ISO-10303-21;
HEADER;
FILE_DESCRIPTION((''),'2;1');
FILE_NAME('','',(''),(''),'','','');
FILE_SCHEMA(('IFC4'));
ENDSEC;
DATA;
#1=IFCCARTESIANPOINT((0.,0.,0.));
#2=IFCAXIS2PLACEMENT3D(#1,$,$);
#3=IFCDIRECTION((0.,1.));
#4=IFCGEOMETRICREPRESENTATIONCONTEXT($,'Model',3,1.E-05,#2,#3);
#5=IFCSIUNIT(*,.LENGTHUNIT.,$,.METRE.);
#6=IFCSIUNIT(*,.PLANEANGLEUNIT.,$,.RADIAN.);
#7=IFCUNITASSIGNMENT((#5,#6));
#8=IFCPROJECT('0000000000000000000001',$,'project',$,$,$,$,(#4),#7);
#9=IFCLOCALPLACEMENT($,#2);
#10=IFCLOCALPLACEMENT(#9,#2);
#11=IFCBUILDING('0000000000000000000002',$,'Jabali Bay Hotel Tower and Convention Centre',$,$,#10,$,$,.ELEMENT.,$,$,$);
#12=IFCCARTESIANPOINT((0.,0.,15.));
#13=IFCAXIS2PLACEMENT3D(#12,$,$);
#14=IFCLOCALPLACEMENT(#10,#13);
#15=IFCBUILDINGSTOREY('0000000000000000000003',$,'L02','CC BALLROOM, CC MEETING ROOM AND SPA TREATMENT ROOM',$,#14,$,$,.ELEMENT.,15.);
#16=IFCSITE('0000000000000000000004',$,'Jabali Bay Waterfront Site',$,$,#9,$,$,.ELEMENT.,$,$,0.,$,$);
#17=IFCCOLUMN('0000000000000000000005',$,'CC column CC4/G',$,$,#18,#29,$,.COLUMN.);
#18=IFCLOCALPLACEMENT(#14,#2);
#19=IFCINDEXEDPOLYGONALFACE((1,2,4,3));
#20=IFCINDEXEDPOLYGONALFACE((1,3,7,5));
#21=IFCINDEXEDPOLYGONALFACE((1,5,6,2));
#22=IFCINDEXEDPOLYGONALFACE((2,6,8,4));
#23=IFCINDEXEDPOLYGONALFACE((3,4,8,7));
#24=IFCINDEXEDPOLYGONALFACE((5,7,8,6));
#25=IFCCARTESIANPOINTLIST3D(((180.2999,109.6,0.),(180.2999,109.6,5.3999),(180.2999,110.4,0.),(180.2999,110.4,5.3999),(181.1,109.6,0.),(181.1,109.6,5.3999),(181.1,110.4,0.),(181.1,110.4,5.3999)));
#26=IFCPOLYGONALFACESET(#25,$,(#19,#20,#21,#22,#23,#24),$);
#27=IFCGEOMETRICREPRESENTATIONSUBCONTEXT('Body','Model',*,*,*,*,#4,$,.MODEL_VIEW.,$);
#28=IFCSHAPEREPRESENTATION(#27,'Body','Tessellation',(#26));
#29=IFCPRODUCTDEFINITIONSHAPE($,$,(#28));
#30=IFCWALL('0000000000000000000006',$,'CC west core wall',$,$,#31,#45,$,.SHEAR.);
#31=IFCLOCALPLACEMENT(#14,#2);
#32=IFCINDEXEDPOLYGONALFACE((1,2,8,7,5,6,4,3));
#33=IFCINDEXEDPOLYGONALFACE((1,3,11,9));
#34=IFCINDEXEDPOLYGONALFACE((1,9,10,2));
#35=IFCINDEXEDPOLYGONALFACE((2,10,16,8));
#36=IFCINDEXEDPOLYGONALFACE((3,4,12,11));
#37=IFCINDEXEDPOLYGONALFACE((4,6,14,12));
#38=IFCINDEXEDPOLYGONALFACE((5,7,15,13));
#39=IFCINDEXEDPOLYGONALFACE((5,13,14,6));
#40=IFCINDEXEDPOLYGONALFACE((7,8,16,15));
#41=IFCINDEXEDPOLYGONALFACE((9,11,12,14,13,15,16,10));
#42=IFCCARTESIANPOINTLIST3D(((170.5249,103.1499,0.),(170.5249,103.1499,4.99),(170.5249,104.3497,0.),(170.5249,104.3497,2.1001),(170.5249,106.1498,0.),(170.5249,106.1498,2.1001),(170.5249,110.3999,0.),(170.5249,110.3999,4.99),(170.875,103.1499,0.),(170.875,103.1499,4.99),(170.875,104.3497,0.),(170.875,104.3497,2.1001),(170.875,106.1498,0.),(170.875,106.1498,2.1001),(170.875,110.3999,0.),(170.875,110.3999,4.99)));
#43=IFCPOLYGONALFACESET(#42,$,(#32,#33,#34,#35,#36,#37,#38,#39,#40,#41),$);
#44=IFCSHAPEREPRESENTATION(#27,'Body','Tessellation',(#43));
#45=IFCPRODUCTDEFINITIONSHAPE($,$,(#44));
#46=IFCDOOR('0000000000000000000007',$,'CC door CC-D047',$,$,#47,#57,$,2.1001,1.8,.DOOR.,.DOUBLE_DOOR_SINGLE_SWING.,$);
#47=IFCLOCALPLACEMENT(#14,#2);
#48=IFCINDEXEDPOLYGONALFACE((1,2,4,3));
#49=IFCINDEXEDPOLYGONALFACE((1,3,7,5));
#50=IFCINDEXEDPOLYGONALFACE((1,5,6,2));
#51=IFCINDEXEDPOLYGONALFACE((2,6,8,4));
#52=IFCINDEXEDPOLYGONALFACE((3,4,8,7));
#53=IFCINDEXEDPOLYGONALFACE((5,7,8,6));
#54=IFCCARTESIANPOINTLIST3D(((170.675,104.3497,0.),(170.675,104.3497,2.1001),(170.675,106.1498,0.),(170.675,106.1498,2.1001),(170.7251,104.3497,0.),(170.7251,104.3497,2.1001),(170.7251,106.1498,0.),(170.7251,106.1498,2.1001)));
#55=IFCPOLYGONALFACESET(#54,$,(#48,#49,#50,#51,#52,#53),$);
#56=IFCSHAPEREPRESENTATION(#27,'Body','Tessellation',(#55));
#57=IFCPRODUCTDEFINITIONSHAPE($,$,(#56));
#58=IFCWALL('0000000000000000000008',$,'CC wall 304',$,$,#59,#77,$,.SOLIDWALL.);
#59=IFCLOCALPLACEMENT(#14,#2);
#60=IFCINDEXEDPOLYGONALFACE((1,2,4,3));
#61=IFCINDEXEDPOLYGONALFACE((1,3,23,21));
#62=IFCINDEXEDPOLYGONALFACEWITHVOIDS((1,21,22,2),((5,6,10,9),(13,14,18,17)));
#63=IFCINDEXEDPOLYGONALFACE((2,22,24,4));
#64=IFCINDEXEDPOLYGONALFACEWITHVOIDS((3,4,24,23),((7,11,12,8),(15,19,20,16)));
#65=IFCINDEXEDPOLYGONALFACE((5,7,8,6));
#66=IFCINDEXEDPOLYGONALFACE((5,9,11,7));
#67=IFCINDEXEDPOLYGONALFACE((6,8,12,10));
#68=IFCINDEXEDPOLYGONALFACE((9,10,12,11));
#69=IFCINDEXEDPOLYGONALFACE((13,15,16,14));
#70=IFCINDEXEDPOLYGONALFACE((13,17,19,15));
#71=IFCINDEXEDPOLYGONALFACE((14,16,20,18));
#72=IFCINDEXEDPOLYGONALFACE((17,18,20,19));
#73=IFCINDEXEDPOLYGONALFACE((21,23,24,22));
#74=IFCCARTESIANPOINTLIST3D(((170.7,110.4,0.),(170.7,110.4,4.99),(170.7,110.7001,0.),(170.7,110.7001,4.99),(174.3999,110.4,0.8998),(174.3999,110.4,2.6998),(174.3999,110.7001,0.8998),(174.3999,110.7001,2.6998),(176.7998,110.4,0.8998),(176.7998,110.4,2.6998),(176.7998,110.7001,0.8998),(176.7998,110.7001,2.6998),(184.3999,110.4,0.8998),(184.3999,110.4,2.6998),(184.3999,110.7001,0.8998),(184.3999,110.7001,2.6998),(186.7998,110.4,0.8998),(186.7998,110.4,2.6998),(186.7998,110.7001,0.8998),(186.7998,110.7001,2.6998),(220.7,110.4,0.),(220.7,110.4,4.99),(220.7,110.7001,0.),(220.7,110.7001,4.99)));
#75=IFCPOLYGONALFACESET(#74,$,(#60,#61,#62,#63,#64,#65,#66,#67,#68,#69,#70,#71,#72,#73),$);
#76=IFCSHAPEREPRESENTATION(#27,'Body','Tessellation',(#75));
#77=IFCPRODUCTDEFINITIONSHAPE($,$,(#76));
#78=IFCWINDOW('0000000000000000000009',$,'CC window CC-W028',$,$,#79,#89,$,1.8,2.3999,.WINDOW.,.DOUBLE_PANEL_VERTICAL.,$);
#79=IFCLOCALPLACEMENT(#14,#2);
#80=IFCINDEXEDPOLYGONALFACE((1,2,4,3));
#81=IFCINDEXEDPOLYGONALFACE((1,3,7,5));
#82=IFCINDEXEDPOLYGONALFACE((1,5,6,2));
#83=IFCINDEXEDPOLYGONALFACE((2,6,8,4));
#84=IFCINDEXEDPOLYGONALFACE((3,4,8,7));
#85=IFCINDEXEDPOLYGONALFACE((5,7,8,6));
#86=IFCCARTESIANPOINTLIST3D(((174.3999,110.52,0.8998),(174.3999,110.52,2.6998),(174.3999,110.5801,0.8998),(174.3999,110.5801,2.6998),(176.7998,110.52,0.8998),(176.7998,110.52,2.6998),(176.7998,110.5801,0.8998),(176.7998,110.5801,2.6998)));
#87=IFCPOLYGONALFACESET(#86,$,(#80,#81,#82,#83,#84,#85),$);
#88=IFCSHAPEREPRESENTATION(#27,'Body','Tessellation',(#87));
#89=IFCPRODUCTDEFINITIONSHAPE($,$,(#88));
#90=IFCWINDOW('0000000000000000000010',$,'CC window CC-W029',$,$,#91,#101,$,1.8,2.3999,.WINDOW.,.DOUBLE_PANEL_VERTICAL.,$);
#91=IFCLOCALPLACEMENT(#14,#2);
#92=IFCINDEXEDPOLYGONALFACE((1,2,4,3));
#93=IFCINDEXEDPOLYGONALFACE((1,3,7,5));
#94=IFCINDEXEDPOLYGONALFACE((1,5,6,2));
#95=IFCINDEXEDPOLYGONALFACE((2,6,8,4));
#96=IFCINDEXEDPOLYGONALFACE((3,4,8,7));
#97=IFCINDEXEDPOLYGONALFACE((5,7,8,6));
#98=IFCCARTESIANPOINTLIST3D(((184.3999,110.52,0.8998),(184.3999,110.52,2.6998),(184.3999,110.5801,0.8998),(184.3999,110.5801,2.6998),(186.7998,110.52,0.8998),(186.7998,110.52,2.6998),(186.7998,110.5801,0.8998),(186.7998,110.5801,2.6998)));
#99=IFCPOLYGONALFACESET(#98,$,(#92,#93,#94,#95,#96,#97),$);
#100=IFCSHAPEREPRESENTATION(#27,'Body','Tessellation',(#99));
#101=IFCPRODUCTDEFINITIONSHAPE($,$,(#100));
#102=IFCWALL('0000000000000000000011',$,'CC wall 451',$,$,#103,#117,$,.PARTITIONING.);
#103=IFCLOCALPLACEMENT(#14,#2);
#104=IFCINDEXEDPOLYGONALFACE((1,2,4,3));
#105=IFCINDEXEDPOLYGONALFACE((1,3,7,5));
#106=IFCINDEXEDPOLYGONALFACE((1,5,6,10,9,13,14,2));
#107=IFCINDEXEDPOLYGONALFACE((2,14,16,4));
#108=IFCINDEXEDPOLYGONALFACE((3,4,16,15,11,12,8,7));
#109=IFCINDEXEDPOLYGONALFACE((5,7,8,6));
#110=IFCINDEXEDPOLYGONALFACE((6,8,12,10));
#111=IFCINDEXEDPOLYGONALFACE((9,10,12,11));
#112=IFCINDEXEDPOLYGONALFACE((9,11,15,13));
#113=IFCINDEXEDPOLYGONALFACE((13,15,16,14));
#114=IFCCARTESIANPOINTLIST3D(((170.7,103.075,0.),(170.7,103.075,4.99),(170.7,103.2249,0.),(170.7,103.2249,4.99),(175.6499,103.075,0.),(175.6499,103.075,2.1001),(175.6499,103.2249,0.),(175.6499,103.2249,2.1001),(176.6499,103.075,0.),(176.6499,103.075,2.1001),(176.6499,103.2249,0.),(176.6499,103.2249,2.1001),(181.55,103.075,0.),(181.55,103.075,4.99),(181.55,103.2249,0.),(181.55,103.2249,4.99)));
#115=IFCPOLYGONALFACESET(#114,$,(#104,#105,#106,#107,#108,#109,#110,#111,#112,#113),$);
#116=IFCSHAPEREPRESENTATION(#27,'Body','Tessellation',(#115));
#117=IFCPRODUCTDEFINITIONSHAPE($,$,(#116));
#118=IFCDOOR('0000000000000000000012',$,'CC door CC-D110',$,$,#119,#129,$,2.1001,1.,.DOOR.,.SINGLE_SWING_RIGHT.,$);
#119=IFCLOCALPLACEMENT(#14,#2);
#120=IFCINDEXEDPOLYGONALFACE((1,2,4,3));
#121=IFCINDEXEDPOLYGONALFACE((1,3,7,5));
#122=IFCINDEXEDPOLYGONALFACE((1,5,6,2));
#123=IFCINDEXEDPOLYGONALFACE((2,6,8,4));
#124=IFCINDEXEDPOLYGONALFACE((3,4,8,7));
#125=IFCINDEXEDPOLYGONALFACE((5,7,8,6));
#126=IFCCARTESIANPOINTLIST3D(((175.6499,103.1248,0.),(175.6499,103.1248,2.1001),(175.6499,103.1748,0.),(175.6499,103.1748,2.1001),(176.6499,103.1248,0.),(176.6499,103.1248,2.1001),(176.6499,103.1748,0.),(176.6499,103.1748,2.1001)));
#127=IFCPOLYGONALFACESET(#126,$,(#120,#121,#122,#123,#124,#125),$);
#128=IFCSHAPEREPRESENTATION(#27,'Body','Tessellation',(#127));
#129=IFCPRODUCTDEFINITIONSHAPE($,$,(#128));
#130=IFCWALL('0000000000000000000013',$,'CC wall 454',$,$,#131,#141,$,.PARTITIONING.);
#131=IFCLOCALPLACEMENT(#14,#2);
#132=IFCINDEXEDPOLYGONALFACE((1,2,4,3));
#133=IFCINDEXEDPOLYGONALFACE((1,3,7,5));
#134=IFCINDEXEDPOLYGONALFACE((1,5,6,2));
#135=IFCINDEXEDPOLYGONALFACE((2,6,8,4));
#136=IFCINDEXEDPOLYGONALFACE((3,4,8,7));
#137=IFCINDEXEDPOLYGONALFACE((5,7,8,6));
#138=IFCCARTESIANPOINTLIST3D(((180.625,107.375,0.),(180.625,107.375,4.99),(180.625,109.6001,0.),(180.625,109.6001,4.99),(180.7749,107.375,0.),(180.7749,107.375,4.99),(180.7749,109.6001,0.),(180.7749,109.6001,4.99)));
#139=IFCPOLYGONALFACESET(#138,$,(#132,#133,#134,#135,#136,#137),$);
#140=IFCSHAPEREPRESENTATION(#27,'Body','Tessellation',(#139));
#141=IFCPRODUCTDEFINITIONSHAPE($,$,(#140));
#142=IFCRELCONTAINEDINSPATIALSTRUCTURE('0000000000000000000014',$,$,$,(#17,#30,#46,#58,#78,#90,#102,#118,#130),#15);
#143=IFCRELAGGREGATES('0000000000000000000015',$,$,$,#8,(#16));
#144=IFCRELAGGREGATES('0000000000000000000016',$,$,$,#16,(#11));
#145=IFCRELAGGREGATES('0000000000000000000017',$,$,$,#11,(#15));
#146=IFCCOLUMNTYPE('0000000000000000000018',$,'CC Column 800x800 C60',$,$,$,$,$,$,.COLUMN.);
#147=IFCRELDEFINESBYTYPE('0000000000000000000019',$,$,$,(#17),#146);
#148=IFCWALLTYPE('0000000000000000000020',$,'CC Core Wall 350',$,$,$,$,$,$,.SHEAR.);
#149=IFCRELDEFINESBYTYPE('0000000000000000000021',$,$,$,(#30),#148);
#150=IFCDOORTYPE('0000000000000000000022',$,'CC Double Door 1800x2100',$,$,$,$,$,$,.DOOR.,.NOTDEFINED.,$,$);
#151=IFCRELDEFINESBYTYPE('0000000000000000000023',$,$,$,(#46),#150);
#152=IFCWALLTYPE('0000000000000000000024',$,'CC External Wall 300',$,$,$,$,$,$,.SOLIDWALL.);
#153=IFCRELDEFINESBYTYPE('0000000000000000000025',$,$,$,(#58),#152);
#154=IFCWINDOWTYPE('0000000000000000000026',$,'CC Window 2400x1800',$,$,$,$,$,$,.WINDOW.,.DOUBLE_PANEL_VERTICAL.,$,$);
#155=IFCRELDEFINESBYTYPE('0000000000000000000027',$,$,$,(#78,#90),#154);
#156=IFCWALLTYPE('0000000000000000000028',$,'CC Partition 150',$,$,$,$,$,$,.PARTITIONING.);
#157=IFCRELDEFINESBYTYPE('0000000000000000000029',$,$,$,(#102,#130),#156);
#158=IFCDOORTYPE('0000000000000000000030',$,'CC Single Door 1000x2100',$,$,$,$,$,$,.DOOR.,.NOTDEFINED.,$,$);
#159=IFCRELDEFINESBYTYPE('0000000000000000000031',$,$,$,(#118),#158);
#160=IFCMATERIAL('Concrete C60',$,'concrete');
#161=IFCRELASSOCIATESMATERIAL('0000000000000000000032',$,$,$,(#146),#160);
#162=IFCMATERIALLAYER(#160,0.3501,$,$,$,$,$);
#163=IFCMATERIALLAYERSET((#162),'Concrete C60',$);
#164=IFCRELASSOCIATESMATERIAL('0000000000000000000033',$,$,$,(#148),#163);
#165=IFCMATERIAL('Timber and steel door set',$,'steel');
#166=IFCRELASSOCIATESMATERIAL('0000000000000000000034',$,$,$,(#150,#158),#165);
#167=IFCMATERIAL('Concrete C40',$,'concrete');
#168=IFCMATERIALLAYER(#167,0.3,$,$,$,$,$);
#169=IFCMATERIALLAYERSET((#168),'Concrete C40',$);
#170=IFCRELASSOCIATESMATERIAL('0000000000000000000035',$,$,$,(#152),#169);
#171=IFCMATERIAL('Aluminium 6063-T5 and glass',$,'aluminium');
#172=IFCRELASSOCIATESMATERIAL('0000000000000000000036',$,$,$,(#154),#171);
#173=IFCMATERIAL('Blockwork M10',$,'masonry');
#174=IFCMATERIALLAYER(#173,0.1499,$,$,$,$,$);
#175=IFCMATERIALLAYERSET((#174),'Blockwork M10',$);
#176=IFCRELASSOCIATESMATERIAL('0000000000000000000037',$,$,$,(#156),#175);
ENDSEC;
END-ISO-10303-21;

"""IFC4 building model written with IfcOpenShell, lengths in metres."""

from ifc_helpers import new_model, si_unit, direction, frame, frame_2d, origin, origin_2d, place, context, subcontext, project, spatial, rectangle, extrude, material, layer, layer_set, material_profile, profile_set, type_object, element, fill, save


model = new_model("IFC4")

# Units and contexts
model_context = context("Model", 3, precision=1e-05, world=origin(), true_north=direction((0.0, 1.0)))
body_context = subcontext(model_context, "Body", "Model", "MODEL_VIEW")
ifc_project = project(units=[si_unit("LENGTHUNIT", "METRE"), si_unit("PLANEANGLEUNIT", "RADIAN")], contexts=[model_context])

# Site, building, storey
site_placement = place(None, origin())
site = spatial("IfcSite", under=ifc_project, at=site_placement, Name="Jabali Bay Waterfront Site", CompositionType="ELEMENT", RefElevation=0.0)
building_placement = place(site_placement, origin())
building = spatial("IfcBuilding", under=site, at=building_placement, Name="Jabali Bay Hotel Tower and Convention Centre", CompositionType="ELEMENT")
storey_placement = place(building_placement, frame((0.0, 0.0, 15.0)))
storey = spatial("IfcBuildingStorey", under=building, at=storey_placement, Name="L02", Description="CC BALLROOM, CC MEETING ROOM AND SPA TREATMENT ROOM", CompositionType="ELEMENT", Elevation=15.0)

# Column
ifc_material_1 = material(Name="Concrete C60", Category="concrete")
ifc_material_profile = material_profile(ifc_material_1, rectangle(XDim=0.8, YDim=0.8, at=origin_2d()), Name="RC 800x800")
ifc_profile_set = profile_set([ifc_material_profile], Name="Concrete C60")
column_type = type_object("IfcColumnType", Name="CC Column 800x800 C60", PredefinedType="COLUMN", material=ifc_profile_set)
column_placement = place(storey_placement, frame((180.7, 110.0, 0.0), z_axis=(0.0, 0.0, 1.0), x_axis=(1.0, 0.0, 0.0)))
element("IfcColumn", 1, at=column_placement, inside=storey, type_object=column_type, Name="CC column CC4/G", PredefinedType="COLUMN", context=body_context, shape_type="SweptSolid", body=[
    extrude(rectangle(XDim=0.8, YDim=0.8, at=origin_2d()), origin(), (0.0, 0.0, 1.0), 5.3999),
])

# Wall, opening, door
ifc_layer_1 = layer(ifc_material_1, 0.3501)
ifc_layer_set_1 = layer_set([ifc_layer_1], Name="Concrete C60")
wall_type_1 = type_object("IfcWallType", Name="CC Core Wall 350", PredefinedType="SHEAR", material=ifc_layer_set_1)
wall_1_placement = place(storey_placement, frame((170.7, 103.1499, 0.0), z_axis=(0.0, 0.0, 1.0), x_axis=(0.0, 1.0, 0.0)))
wall_1 = element("IfcWall", 2, at=wall_1_placement, inside=storey, type_object=wall_type_1, Name="CC west core wall", PredefinedType="SHEAR", context=body_context, shape_type="SweptSolid", body=[
    extrude(rectangle(XDim=7.25, YDim=0.3501, at=frame_2d((3.625, 0.0))), origin(), (0.0, 0.0, 1.0), 4.99),
])
opening_1_placement = place(wall_1_placement, frame((1.2, 0.0, 0.0)))
opening_1 = element("IfcOpeningElement", 3, at=opening_1_placement, cuts=wall_1, PredefinedType="OPENING", context=body_context, shape_type="SweptSolid", body=[
    extrude(rectangle(XDim=1.8, YDim=2.1001, at=frame_2d((0.8999, 1.05))), frame((0.0, 0.1855, 0.0), z_axis=(0.0, -1.0, 0.0), x_axis=(1.0, 0.0, 0.0)), (0.0, 0.0, 1.0), 0.3711),
])
ifc_material_2 = material(Name="Timber and steel door set", Category="steel")
door_type_1 = type_object("IfcDoorType", Name="CC Double Door 1800x2100", OperationType="NOTDEFINED", PredefinedType="DOOR", material=ifc_material_2)
door_1_placement = place(opening_1_placement, origin())
door_1 = element("IfcDoor", 4, at=door_1_placement, inside=storey, type_object=door_type_1, Name="CC door CC-D047", OperationType="DOUBLE_DOOR_SINGLE_SWING", OverallHeight=2.1001, OverallWidth=1.8, PredefinedType="DOOR", context=body_context, shape_type="SweptSolid", body=[
    extrude(rectangle(XDim=1.8, YDim=2.1001, at=frame_2d((0.8999, 1.05))), frame((0.0, 0.0249, 0.0), z_axis=(0.0, -1.0, 0.0), x_axis=(1.0, 0.0, 0.0)), (0.0, 0.0, 1.0), 0.05),
])
fill(opening_1, door_1)

# Wall, openings, windows
ifc_material_3 = material(Name="Concrete C40", Category="concrete")
ifc_layer_2 = layer(ifc_material_3, 0.3)
ifc_layer_set_2 = layer_set([ifc_layer_2], Name="Concrete C40")
wall_type_2 = type_object("IfcWallType", Name="CC External Wall 300", PredefinedType="SOLIDWALL", material=ifc_layer_set_2)
wall_2_placement = place(storey_placement, frame((170.7, 110.55, 0.0), z_axis=(0.0, 0.0, 1.0), x_axis=(1.0, 0.0, 0.0)))
wall_2 = element("IfcWall", 5, at=wall_2_placement, inside=storey, type_object=wall_type_2, Name="CC wall 304", PredefinedType="SOLIDWALL", context=body_context, shape_type="SweptSolid", body=[
    extrude(rectangle(XDim=50.0, YDim=0.3, at=frame_2d((25.0, 0.0))), origin(), (0.0, 0.0, 1.0), 4.99),
])
opening_2_placement = place(wall_2_placement, frame((3.7, 0.0, 0.8999)))
opening_2 = element("IfcOpeningElement", 6, at=opening_2_placement, cuts=wall_2, PredefinedType="OPENING", context=body_context, shape_type="SweptSolid", body=[
    extrude(rectangle(XDim=2.3999, YDim=1.8, at=frame_2d((1.2, 0.8999))), frame((0.0, 0.1606, 0.0), z_axis=(0.0, -1.0, 0.0), x_axis=(1.0, 0.0, 0.0)), (0.0, 0.0, 1.0), 0.321),
])
opening_3_placement = place(wall_2_placement, frame((13.7, 0.0, 0.8999)))
opening_3 = element("IfcOpeningElement", 7, at=opening_3_placement, cuts=wall_2, PredefinedType="OPENING", context=body_context, shape_type="SweptSolid", body=[
    extrude(rectangle(XDim=2.3999, YDim=1.8, at=frame_2d((1.2, 0.8999))), frame((0.0, 0.1606, 0.0), z_axis=(0.0, -1.0, 0.0), x_axis=(1.0, 0.0, 0.0)), (0.0, 0.0, 1.0), 0.321),
])
ifc_material_4 = material(Name="Aluminium 6063-T5 and glass", Category="aluminium")
window_type = type_object("IfcWindowType", Name="CC Window 2400x1800", PartitioningType="DOUBLE_PANEL_VERTICAL", PredefinedType="WINDOW", material=ifc_material_4)
window_1_placement = place(opening_2_placement, origin())
window_1 = element("IfcWindow", 8, at=window_1_placement, inside=storey, type_object=window_type, Name="CC window CC-W028", OverallHeight=1.8, OverallWidth=2.3999, PartitioningType="DOUBLE_PANEL_VERTICAL", PredefinedType="WINDOW", context=body_context, shape_type="SweptSolid", body=[
    extrude(rectangle(XDim=2.3999, YDim=1.8, at=frame_2d((1.2, 0.8999))), frame((0.0, 0.03, 0.0), z_axis=(0.0, -1.0, 0.0), x_axis=(1.0, 0.0, 0.0)), (0.0, 0.0, 1.0), 0.0601),
])
fill(opening_2, window_1)
window_2_placement = place(opening_3_placement, origin())
window_2 = element("IfcWindow", 9, at=window_2_placement, inside=storey, type_object=window_type, Name="CC window CC-W029", OverallHeight=1.8, OverallWidth=2.3999, PartitioningType="DOUBLE_PANEL_VERTICAL", PredefinedType="WINDOW", context=body_context, shape_type="SweptSolid", body=[
    extrude(rectangle(XDim=2.3999, YDim=1.8, at=frame_2d((1.2, 0.8999))), frame((0.0, 0.03, 0.0), z_axis=(0.0, -1.0, 0.0), x_axis=(1.0, 0.0, 0.0)), (0.0, 0.0, 1.0), 0.0601),
])
fill(opening_3, window_2)

# Wall, opening, door
ifc_material_5 = material(Name="Blockwork M10", Category="masonry")
ifc_layer_3 = layer(ifc_material_5, 0.1499)
ifc_layer_set_3 = layer_set([ifc_layer_3], Name="Blockwork M10")
wall_type_3 = type_object("IfcWallType", Name="CC Partition 150", PredefinedType="PARTITIONING", material=ifc_layer_set_3)
wall_3_placement = place(storey_placement, frame((170.7, 103.1499, 0.0), z_axis=(0.0, 0.0, 1.0), x_axis=(1.0, 0.0, 0.0)))
wall_3 = element("IfcWall", 10, at=wall_3_placement, inside=storey, type_object=wall_type_3, Name="CC wall 451", PredefinedType="PARTITIONING", context=body_context, shape_type="SweptSolid", body=[
    extrude(rectangle(XDim=10.8501, YDim=0.1499, at=frame_2d((5.425, 0.0))), origin(), (0.0, 0.0, 1.0), 4.99),
])
opening_4_placement = place(wall_3_placement, frame((4.95, 0.0, 0.0)))
opening_4 = element("IfcOpeningElement", 11, at=opening_4_placement, cuts=wall_3, PredefinedType="OPENING", context=body_context, shape_type="SweptSolid", body=[
    extrude(rectangle(XDim=1.0, YDim=2.1001, at=frame_2d((0.5, 1.05))), frame((0.0, 0.0854, 0.0), z_axis=(0.0, -1.0, 0.0), x_axis=(1.0, 0.0, 0.0)), (0.0, 0.0, 1.0), 0.1709),
])
door_type_2 = type_object("IfcDoorType", Name="CC Single Door 1000x2100", OperationType="NOTDEFINED", PredefinedType="DOOR", material=ifc_material_2)
door_2_placement = place(opening_4_placement, origin())
door_2 = element("IfcDoor", 12, at=door_2_placement, inside=storey, type_object=door_type_2, Name="CC door CC-D110", OperationType="SINGLE_SWING_RIGHT", OverallHeight=2.1001, OverallWidth=1.0, PredefinedType="DOOR", context=body_context, shape_type="SweptSolid", body=[
    extrude(rectangle(XDim=1.0, YDim=2.1001, at=frame_2d((0.5, 1.05))), frame((0.0, 0.0249, 0.0), z_axis=(0.0, -1.0, 0.0), x_axis=(1.0, 0.0, 0.0)), (0.0, 0.0, 1.0), 0.05),
])
fill(opening_4, door_2)

# Wall
wall_4_placement = place(storey_placement, frame((180.7, 107.375, 0.0), z_axis=(0.0, 0.0, 1.0), x_axis=(0.0, 1.0, 0.0)))
element("IfcWall", 13, at=wall_4_placement, inside=storey, type_object=wall_type_3, Name="CC wall 454", PredefinedType="PARTITIONING", context=body_context, shape_type="SweptSolid", body=[
    extrude(rectangle(XDim=2.2251, YDim=0.1499, at=frame_2d((1.1125, 0.0))), origin(), (0.0, 0.0, 1.0), 4.99),
])

save(model, "model.ifc")
